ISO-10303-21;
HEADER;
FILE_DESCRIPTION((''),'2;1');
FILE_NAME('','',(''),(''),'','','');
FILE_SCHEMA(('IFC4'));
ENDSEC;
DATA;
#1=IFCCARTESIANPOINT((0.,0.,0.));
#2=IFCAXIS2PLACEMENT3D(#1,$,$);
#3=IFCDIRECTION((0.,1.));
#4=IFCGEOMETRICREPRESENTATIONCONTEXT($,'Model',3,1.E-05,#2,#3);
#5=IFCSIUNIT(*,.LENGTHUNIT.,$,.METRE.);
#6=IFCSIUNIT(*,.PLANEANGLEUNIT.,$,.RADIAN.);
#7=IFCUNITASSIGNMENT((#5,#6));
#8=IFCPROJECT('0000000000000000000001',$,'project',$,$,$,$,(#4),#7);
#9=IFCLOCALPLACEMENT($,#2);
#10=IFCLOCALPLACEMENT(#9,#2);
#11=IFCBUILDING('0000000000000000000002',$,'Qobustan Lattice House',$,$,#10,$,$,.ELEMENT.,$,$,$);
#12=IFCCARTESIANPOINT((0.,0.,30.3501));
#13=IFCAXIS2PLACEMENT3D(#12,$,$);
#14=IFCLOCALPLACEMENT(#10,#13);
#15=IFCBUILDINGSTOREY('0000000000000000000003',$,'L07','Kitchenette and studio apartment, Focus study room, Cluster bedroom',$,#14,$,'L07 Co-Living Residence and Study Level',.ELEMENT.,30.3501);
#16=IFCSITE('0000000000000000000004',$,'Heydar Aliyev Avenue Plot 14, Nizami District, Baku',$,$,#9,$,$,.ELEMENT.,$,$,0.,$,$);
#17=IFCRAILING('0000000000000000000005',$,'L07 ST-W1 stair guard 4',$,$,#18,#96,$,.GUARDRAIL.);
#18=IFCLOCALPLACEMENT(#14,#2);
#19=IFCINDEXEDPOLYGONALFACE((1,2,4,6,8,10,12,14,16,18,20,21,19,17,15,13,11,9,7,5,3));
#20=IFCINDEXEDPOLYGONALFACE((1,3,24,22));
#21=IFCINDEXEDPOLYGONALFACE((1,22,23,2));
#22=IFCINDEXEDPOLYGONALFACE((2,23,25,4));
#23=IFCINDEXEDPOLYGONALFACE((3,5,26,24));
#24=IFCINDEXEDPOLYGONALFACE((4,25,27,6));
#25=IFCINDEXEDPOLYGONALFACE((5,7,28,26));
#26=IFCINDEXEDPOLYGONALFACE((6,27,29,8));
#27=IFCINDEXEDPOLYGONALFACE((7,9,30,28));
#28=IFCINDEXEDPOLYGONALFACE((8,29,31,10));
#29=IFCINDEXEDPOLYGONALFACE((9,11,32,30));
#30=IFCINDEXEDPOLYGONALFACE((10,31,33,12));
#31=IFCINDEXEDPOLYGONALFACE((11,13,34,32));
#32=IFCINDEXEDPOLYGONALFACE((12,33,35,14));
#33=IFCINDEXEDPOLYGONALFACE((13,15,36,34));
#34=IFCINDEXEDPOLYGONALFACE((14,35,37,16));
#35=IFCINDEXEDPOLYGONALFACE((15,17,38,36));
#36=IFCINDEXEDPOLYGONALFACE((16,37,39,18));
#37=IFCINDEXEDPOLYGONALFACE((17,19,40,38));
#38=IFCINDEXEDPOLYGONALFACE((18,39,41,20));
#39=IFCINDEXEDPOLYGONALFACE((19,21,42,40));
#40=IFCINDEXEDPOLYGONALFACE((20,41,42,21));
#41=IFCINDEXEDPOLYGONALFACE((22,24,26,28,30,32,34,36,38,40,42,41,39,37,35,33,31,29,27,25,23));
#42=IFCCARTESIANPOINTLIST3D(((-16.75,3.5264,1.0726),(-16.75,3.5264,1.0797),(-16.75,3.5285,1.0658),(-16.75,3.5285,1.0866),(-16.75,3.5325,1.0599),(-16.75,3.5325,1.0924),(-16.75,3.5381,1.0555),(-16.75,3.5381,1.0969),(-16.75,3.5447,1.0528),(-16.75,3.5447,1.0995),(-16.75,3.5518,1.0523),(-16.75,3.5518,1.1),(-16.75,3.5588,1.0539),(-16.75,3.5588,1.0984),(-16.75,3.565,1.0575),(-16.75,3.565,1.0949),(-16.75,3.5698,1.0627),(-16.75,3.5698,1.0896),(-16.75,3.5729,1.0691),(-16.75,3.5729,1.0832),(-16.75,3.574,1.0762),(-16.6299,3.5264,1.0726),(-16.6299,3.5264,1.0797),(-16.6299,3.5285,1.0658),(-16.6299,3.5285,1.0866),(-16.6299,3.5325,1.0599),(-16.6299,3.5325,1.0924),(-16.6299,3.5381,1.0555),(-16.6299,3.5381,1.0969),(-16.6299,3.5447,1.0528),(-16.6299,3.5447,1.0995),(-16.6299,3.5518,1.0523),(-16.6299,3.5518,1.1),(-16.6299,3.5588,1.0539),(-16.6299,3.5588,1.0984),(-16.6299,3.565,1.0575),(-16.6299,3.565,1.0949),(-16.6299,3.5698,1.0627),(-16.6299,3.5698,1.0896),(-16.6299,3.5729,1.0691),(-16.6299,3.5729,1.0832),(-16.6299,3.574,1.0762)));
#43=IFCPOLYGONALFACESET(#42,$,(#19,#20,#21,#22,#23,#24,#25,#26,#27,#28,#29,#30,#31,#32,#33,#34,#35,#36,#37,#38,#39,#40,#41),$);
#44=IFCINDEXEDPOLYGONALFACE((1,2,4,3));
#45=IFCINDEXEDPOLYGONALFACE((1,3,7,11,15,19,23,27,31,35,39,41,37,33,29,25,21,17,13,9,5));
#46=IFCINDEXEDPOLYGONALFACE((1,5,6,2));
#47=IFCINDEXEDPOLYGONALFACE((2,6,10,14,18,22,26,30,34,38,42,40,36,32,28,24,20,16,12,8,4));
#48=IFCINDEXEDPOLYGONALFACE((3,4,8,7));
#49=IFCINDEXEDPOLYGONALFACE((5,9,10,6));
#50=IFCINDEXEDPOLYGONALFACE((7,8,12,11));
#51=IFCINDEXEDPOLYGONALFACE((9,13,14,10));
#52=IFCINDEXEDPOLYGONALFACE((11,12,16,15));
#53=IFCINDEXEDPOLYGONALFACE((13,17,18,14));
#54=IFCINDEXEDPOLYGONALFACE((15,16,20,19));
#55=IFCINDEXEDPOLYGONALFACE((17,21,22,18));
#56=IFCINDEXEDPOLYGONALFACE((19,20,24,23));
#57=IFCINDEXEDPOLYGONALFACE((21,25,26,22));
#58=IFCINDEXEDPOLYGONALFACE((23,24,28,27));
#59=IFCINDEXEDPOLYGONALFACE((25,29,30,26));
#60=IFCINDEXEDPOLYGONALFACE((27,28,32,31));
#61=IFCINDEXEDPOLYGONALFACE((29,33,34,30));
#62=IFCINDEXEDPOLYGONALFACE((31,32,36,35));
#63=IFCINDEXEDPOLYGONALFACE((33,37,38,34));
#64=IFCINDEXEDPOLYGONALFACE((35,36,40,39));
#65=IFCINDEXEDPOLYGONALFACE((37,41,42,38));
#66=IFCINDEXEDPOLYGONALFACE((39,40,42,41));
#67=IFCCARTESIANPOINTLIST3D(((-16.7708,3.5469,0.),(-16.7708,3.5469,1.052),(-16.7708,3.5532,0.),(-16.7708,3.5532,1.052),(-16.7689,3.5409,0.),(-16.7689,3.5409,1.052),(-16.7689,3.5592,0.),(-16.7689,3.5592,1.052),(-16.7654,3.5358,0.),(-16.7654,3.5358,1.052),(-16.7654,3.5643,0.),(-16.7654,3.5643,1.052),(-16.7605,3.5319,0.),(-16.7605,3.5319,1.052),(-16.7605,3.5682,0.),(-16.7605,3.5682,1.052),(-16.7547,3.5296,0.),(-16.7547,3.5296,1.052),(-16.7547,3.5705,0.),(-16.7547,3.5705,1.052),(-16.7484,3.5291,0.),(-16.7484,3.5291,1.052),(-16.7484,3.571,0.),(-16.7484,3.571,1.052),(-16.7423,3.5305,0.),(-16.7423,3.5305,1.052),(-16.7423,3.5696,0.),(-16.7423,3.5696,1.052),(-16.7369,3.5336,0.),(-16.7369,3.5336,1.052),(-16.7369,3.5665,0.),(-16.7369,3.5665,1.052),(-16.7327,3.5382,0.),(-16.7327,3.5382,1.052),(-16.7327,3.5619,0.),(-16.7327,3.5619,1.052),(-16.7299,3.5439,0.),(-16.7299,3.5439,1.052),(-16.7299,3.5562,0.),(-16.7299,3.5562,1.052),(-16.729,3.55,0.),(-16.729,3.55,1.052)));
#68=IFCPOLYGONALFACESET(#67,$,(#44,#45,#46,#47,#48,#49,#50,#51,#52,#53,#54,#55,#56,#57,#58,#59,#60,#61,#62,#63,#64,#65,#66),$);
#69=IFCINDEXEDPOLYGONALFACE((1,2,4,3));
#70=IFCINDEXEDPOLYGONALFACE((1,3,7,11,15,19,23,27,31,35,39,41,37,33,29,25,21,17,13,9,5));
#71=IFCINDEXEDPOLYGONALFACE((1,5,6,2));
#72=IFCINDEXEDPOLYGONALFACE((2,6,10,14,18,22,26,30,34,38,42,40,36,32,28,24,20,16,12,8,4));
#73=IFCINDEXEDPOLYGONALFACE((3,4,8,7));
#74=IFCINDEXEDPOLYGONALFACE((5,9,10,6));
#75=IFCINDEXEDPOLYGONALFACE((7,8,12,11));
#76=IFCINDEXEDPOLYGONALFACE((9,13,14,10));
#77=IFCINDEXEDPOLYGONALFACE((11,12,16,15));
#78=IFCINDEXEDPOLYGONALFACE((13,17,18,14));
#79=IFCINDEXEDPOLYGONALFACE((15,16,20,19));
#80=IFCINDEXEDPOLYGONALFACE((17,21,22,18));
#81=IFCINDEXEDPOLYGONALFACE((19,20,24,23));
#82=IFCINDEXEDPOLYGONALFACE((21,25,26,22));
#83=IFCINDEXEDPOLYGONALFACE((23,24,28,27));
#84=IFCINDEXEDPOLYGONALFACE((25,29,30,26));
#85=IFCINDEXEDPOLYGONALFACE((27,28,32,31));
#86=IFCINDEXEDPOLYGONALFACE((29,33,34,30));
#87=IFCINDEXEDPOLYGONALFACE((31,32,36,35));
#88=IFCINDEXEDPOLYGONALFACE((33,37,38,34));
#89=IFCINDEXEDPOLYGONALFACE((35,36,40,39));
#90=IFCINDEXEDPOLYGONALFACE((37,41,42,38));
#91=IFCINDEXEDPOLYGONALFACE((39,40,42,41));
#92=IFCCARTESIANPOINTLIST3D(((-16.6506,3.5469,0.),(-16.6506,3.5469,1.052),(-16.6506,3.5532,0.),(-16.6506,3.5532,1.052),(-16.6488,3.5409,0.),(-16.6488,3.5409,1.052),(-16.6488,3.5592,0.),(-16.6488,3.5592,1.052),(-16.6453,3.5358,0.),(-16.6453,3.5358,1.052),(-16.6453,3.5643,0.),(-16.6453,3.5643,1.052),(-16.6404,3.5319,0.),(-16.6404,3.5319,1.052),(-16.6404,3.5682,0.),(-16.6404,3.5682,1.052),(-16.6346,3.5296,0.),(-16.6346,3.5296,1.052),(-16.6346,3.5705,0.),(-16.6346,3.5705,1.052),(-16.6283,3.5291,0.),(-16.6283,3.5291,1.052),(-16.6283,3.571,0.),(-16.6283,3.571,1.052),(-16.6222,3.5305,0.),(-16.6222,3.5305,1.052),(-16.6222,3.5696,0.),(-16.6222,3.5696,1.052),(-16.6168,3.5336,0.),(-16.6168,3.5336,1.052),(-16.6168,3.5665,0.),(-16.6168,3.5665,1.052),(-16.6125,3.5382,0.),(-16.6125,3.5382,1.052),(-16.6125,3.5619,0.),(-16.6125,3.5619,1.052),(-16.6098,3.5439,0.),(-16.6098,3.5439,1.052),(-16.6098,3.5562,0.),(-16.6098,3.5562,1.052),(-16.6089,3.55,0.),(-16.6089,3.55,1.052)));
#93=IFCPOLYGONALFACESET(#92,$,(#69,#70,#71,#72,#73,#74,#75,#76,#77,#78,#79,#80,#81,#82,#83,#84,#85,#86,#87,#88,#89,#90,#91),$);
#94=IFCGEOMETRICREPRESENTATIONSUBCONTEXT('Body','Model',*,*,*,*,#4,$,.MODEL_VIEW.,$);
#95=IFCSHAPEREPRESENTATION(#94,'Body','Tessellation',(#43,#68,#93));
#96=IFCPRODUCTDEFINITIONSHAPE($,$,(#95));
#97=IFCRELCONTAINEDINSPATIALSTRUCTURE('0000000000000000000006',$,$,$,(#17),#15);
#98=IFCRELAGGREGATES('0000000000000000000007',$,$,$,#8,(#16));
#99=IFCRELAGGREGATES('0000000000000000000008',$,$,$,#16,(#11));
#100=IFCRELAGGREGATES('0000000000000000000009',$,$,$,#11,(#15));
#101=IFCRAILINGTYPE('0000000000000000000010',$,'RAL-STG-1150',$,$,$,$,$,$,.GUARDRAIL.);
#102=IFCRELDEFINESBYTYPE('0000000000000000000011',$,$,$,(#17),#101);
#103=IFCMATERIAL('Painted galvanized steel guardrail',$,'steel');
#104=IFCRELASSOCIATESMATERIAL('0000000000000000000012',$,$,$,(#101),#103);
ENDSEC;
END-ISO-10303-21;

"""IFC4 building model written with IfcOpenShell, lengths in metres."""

from ifc_helpers import new_model, si_unit, direction, frame, origin, origin_2d, place, context, subcontext, project, spatial, circle, extrude, material, type_object, element, save


model = new_model("IFC4")

# Units and contexts
model_context = context("Model", 3, precision=1e-05, world=origin(), true_north=direction((0.0, 1.0)))
body_context = subcontext(model_context, "Body", "Model", "MODEL_VIEW")
ifc_project = project(units=[si_unit("LENGTHUNIT", "METRE"), si_unit("PLANEANGLEUNIT", "RADIAN")], contexts=[model_context])

# Site, building, storey
site_placement = place(None, origin())
site = spatial("IfcSite", under=ifc_project, at=site_placement, Name="Heydar Aliyev Avenue Plot 14, Nizami District, Baku", CompositionType="ELEMENT", RefElevation=0.0)
building_placement = place(site_placement, origin())
building = spatial("IfcBuilding", under=site, at=building_placement, Name="Qobustan Lattice House", CompositionType="ELEMENT")
storey_placement = place(building_placement, frame((0.0, 0.0, 30.3501)))
storey = spatial("IfcBuildingStorey", under=building, at=storey_placement, Name="L07", Description="Kitchenette and studio apartment, Focus study room, Cluster bedroom", LongName="L07 Co-Living Residence and Study Level", CompositionType="ELEMENT", Elevation=30.3501)

# Railing
ifc_material_1 = material(Name="Painted galvanized steel guardrail", Category="steel")
railing_type_1 = type_object("IfcRailingType", Name="RAL-STG-1150", PredefinedType="GUARDRAIL", material=ifc_material_1)
railing_1_placement = place(storey_placement, frame((-16.75, 3.55, 0.0)))
element("IfcRailing", 1, at=railing_1_placement, inside=storey, type_object=railing_type_1, Name="L07 ST-W1 stair guard 4", PredefinedType="GUARDRAIL", context=body_context, shape_type="SweptSolid", body=[
    extrude(circle(Radius=0.0239, at=origin_2d()), frame((0.0, 0.0, 1.0762), z_axis=(1.0, 0.0, 0.0), x_axis=(0.0, 1.0, 0.0)), (0.0, 0.0, 1.0), 0.1201),
    extrude(circle(Radius=0.021, at=origin_2d()), origin(), (0.0, 0.0, 1.0), 1.052),
    extrude(circle(Radius=0.021, at=origin_2d()), frame((0.1201, 0.0, 0.0)), (0.0, 0.0, 1.0), 1.052),
])

save(model, "model.ifc")
